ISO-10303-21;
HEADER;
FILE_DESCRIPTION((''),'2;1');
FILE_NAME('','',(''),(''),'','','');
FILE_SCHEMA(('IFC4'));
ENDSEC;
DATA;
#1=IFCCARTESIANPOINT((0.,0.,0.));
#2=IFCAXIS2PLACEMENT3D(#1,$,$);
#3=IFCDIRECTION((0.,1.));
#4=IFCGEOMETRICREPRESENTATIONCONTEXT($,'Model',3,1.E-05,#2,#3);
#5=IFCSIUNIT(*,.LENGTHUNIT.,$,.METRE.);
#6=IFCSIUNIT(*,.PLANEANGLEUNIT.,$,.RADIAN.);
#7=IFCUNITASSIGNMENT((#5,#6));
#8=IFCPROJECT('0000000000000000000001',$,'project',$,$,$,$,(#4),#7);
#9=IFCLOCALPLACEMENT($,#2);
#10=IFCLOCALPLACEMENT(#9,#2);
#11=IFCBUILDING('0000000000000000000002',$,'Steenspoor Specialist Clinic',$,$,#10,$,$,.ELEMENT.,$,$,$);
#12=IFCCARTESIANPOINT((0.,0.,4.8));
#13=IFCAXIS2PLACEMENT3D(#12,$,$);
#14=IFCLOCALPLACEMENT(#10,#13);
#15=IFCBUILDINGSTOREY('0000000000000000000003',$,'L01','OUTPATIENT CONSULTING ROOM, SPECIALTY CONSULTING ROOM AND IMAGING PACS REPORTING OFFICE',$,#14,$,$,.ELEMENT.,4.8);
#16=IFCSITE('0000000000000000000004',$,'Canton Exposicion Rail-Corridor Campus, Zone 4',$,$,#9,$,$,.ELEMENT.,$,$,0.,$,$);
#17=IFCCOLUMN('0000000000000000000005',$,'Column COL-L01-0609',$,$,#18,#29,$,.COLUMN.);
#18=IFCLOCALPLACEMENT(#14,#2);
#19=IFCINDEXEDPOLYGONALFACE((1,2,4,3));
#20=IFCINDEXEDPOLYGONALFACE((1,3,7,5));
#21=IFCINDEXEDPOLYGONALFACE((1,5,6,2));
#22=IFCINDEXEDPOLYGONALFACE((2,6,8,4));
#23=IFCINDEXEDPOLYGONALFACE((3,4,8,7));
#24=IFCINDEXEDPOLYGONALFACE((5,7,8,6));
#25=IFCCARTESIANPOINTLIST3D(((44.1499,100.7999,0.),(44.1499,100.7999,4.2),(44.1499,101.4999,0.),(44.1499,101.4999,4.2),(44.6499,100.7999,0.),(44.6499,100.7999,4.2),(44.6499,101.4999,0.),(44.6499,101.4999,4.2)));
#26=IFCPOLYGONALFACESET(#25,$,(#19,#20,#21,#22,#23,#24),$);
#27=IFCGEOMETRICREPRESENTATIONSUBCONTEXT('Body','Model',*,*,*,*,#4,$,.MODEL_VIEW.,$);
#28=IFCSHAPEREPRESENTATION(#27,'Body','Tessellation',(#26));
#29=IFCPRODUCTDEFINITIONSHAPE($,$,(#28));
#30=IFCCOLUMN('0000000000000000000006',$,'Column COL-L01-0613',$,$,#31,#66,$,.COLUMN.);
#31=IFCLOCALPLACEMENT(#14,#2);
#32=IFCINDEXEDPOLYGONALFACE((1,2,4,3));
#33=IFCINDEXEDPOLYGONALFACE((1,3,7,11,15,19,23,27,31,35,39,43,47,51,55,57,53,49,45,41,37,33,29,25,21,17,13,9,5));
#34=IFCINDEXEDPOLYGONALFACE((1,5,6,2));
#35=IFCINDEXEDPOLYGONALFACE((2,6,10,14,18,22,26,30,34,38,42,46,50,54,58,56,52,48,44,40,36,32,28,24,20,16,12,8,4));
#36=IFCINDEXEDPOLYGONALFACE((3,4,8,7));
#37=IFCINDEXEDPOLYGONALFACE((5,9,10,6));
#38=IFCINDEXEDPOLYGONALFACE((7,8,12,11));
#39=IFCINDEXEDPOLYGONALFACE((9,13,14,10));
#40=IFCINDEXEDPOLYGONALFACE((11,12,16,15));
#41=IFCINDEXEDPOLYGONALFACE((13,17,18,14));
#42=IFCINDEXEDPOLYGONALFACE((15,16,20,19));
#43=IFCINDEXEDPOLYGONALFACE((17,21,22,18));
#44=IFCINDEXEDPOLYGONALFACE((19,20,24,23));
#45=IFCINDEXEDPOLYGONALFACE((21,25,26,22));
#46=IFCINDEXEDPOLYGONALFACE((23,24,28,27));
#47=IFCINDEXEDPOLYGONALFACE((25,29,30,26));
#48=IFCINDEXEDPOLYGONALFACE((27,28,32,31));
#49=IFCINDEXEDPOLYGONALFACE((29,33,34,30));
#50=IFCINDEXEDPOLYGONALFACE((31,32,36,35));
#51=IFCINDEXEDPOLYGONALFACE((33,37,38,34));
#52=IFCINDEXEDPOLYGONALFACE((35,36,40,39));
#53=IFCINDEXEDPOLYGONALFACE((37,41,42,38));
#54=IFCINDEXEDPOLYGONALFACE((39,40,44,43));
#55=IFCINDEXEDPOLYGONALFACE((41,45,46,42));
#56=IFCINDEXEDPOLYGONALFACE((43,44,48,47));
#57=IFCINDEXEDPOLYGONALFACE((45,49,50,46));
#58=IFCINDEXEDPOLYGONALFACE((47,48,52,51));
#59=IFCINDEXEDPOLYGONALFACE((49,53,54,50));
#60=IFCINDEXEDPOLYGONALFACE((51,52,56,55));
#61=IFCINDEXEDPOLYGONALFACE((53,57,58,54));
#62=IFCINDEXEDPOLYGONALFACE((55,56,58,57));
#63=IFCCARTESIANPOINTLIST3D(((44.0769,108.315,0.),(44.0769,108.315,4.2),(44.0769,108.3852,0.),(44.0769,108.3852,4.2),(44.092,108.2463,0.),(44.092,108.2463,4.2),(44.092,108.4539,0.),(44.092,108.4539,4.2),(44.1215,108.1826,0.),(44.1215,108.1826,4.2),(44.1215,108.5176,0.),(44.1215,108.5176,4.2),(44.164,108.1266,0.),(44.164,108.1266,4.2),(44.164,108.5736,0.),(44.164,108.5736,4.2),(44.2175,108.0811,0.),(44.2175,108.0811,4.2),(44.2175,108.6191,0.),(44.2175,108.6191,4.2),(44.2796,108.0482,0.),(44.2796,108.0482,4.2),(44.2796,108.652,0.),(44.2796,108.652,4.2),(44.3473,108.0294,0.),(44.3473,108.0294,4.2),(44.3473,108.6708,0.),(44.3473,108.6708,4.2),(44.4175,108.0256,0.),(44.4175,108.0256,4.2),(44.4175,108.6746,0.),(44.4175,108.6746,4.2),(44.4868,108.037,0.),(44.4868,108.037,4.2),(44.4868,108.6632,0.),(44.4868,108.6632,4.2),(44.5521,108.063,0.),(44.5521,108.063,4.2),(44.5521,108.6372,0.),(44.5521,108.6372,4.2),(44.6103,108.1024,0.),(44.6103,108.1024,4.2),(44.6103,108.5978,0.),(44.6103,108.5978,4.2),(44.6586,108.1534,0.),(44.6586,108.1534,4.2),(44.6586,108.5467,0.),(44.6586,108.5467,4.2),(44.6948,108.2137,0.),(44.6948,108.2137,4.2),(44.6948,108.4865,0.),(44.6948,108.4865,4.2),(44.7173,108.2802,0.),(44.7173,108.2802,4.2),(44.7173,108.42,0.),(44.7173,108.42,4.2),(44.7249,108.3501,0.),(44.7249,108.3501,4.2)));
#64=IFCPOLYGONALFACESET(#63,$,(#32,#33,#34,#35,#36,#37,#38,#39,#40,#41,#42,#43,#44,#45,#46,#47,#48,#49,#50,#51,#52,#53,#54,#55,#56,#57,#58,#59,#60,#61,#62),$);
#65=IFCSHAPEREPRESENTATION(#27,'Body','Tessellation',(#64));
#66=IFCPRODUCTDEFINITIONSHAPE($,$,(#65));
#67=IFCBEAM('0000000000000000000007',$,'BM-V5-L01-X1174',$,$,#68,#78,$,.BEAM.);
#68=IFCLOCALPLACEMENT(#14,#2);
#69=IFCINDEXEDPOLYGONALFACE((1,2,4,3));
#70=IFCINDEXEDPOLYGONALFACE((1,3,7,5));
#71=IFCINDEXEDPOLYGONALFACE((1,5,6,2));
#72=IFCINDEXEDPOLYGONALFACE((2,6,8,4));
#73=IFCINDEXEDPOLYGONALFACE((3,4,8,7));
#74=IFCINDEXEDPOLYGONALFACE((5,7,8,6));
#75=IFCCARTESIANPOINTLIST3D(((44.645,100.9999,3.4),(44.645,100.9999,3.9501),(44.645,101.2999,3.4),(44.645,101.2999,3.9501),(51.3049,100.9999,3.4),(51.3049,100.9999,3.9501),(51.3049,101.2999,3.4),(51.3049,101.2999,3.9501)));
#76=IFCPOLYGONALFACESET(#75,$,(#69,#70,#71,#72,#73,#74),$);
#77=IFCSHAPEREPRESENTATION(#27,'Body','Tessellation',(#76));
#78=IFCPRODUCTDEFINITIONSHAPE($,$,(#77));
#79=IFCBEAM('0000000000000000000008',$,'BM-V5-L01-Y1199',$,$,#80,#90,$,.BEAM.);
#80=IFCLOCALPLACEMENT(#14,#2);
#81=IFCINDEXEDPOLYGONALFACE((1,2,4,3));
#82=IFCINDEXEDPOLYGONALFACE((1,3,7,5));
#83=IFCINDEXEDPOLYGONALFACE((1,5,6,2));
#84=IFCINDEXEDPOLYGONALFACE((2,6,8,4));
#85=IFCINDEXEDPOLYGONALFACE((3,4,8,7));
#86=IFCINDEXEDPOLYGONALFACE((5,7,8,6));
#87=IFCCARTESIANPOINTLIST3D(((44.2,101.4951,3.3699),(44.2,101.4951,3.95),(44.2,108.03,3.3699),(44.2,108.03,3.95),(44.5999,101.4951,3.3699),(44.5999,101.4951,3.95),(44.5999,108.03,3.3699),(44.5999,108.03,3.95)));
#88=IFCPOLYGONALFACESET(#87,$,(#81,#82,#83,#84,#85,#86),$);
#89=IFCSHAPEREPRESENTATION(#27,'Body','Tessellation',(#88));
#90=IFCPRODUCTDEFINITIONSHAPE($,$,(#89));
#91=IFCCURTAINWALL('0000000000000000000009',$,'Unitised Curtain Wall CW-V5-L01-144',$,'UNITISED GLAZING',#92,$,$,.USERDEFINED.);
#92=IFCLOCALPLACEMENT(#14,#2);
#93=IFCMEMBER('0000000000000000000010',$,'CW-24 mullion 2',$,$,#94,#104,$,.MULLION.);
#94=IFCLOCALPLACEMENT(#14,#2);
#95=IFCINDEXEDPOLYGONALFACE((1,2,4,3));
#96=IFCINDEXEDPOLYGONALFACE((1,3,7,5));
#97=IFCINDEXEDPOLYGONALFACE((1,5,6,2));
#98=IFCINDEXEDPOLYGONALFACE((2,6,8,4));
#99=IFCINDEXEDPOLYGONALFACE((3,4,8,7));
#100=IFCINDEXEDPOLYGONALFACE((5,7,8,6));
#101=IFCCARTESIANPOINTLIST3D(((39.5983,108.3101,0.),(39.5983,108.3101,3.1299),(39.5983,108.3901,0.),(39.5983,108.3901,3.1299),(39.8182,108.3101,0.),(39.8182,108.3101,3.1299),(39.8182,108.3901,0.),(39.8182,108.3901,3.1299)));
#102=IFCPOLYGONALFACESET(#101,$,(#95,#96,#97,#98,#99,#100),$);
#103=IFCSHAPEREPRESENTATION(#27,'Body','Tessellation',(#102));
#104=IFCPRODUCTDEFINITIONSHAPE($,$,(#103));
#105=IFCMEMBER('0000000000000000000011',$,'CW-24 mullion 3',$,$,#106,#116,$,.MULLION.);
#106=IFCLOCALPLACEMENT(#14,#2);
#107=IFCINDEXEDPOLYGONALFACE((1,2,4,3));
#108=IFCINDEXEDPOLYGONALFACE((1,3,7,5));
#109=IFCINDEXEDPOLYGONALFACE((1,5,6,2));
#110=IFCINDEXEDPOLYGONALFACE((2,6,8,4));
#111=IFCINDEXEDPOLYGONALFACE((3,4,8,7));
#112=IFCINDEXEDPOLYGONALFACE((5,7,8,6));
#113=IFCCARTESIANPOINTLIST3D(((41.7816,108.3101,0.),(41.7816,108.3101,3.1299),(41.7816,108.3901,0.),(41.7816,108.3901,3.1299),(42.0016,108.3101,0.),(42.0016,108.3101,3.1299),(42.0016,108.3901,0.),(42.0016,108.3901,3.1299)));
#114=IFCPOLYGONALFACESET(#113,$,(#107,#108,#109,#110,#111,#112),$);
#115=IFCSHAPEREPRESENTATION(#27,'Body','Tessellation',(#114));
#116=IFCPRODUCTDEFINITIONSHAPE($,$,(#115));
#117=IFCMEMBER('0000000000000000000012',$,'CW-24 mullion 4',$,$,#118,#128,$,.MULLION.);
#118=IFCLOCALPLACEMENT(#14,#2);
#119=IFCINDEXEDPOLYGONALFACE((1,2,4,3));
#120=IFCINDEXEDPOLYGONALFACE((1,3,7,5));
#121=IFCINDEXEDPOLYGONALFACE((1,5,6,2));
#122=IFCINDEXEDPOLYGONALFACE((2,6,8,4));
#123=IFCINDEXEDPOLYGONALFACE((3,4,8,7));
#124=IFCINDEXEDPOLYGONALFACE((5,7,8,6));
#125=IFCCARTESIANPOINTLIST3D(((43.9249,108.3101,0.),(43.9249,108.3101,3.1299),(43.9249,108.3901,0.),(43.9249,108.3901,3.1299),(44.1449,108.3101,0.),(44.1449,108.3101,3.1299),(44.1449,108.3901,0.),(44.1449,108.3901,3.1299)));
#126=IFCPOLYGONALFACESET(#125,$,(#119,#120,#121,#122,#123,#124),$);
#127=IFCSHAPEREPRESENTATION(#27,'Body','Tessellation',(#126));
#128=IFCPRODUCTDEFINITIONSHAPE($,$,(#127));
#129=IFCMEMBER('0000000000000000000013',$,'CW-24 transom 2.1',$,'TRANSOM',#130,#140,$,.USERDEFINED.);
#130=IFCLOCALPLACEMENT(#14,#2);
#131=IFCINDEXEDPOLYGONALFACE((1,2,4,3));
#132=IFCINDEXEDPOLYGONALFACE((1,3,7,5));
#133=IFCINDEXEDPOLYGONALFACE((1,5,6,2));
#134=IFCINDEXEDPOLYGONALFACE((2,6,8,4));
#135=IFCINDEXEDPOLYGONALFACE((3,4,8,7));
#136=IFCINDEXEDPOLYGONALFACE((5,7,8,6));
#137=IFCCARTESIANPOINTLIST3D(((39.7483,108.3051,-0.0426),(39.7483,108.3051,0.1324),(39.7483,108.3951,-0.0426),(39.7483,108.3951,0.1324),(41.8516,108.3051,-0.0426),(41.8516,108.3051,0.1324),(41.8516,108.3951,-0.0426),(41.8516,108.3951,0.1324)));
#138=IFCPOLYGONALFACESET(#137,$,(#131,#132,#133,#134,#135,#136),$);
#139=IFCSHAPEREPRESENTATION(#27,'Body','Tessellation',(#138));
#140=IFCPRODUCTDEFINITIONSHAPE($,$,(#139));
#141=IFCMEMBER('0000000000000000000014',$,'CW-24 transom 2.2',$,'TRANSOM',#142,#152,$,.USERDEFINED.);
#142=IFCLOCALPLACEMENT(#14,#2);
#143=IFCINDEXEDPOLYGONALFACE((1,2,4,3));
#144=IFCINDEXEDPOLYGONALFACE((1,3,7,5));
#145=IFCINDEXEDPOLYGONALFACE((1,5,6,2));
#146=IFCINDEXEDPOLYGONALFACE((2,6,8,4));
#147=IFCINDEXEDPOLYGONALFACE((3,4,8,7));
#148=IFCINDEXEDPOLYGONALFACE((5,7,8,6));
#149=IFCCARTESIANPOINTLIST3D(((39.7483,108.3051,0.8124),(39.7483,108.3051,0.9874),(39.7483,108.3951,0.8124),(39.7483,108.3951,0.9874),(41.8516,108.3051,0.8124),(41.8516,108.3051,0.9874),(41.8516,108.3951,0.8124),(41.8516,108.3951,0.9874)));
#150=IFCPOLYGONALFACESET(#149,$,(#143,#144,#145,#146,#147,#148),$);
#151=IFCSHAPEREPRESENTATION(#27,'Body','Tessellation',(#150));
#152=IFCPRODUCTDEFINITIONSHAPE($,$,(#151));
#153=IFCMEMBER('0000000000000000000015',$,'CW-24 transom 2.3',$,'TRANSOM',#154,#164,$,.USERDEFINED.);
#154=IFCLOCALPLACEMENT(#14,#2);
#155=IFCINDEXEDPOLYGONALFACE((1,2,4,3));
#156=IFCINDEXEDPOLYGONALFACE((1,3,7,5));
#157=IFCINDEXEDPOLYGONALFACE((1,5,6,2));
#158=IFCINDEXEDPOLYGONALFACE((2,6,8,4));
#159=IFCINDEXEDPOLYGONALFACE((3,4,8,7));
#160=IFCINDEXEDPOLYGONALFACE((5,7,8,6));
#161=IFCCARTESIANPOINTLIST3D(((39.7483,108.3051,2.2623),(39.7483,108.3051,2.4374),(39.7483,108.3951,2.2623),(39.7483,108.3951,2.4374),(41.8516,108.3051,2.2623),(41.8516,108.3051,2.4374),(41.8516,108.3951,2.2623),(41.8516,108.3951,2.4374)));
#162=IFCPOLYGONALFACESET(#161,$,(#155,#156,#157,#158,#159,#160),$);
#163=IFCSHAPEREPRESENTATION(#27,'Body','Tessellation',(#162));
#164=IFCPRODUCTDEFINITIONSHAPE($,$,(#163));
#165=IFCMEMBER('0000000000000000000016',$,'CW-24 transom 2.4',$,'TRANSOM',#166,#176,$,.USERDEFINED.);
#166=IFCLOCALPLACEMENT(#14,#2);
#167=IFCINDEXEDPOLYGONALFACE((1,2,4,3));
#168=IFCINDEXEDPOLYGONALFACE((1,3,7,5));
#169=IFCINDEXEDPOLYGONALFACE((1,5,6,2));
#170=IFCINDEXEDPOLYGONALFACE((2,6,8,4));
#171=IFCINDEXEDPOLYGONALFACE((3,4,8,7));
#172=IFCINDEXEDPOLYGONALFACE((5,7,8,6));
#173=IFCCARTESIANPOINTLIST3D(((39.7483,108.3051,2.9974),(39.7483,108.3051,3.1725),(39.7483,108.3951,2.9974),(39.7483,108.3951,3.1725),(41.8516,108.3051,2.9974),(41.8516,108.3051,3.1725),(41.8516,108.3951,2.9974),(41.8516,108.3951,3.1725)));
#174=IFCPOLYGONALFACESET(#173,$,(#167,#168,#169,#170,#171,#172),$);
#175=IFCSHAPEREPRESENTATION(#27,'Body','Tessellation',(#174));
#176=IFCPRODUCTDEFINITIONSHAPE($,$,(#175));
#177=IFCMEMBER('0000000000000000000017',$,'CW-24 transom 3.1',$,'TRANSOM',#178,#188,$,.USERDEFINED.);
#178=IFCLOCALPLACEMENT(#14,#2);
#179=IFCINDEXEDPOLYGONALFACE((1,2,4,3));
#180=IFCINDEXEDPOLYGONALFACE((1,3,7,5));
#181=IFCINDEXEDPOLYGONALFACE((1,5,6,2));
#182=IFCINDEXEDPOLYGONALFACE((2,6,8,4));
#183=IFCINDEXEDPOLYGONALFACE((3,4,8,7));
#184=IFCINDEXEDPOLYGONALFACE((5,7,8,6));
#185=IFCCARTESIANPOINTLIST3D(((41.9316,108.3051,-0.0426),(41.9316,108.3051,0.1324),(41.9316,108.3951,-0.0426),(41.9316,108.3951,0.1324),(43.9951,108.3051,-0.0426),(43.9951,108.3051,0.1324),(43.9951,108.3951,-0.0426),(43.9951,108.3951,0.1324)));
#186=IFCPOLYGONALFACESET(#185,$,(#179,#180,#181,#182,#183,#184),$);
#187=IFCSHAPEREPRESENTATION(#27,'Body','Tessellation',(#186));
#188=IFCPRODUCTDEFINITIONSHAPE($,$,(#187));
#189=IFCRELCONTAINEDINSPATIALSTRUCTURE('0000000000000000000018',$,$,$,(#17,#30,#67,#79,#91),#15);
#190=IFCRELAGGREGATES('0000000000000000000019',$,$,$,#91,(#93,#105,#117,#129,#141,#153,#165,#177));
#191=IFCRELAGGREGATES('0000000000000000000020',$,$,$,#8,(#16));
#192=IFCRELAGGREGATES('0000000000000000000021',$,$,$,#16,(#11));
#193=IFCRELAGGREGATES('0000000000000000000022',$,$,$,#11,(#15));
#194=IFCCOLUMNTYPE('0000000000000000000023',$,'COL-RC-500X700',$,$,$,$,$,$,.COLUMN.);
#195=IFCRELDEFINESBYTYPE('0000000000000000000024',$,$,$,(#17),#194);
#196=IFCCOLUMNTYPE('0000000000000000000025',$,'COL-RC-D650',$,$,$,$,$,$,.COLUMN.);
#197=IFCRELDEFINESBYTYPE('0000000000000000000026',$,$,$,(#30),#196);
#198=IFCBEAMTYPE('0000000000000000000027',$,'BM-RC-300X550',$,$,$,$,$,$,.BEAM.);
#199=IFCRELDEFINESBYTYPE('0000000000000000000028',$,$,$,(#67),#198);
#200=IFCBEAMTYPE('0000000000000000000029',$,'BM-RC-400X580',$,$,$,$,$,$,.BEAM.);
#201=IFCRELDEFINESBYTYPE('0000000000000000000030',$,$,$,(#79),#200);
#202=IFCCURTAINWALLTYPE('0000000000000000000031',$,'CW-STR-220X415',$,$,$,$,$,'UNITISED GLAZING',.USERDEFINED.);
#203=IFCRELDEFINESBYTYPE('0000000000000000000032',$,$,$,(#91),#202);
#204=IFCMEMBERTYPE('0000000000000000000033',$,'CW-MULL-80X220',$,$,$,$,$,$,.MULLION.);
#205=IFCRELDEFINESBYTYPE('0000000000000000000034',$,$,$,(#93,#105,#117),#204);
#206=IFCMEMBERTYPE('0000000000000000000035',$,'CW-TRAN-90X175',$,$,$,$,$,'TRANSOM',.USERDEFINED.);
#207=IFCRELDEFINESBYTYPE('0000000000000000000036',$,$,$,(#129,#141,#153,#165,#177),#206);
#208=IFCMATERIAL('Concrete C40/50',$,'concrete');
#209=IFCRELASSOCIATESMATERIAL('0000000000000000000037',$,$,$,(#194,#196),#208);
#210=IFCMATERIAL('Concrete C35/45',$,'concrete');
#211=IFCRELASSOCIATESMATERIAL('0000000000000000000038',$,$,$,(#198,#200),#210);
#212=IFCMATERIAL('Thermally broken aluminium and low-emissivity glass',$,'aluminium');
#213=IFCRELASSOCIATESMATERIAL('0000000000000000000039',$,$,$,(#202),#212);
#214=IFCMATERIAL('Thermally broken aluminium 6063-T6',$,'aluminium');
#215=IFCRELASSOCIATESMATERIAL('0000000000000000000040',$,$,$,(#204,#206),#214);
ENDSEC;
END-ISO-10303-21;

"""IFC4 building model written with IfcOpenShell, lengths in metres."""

from ifc_helpers import new_model, si_unit, direction, frame, origin, origin_2d, place, context, subcontext, project, spatial, rectangle, circle, extrude, material, material_profile, profile_set, type_object, element, aggregate, save


model = new_model("IFC4")

# Units and contexts
model_context = context("Model", 3, precision=1e-05, world=origin(), true_north=direction((0.0, 1.0)))
body_context = subcontext(model_context, "Body", "Model", "MODEL_VIEW")
ifc_project = project(units=[si_unit("LENGTHUNIT", "METRE"), si_unit("PLANEANGLEUNIT", "RADIAN")], contexts=[model_context])

# Site, building, storey
site_placement = place(None, origin())
site = spatial("IfcSite", under=ifc_project, at=site_placement, Name="Canton Exposicion Rail-Corridor Campus, Zone 4", CompositionType="ELEMENT", RefElevation=0.0)
building_placement = place(site_placement, origin())
building = spatial("IfcBuilding", under=site, at=building_placement, Name="Steenspoor Specialist Clinic", CompositionType="ELEMENT")
storey_placement = place(building_placement, frame((0.0, 0.0, 4.8)))
storey = spatial("IfcBuildingStorey", under=building, at=storey_placement, Name="L01", Description="OUTPATIENT CONSULTING ROOM, SPECIALTY CONSULTING ROOM AND IMAGING PACS REPORTING OFFICE", CompositionType="ELEMENT", Elevation=4.8)

# Columns
ifc_material_1 = material(Name="Concrete C40/50", Category="concrete")
ifc_material_profile_1 = material_profile(ifc_material_1, rectangle(XDim=0.5, YDim=0.7, at=origin_2d()), Name="RC-COL-500X700")
ifc_profile_set_1 = profile_set([ifc_material_profile_1], Name="Concrete C40/50")
column_type_1 = type_object("IfcColumnType", Name="COL-RC-500X700", PredefinedType="COLUMN", material=ifc_profile_set_1)
column_1_placement = place(storey_placement, frame((44.3999, 101.1499, 0.0), z_axis=(0.0, 0.0, 1.0), x_axis=(1.0, 0.0, 0.0)))
element("IfcColumn", 1, at=column_1_placement, inside=storey, type_object=column_type_1, Name="Column COL-L01-0609", PredefinedType="COLUMN", context=body_context, shape_type="SweptSolid", body=[
    extrude(rectangle(XDim=0.5, YDim=0.7, at=origin_2d()), origin(), (0.0, 0.0, 1.0), 4.2),
])
ifc_material_profile_2 = material_profile(ifc_material_1, circle(Radius=0.325, at=origin_2d()), Name="RC-COL-D650")
ifc_profile_set_2 = profile_set([ifc_material_profile_2], Name="Concrete C40/50")
column_type_2 = type_object("IfcColumnType", Name="COL-RC-D650", PredefinedType="COLUMN", material=ifc_profile_set_2)
column_2_placement = place(storey_placement, frame((44.3999, 108.3501, 0.0), z_axis=(0.0, 0.0, 1.0), x_axis=(1.0, 0.0, 0.0)))
element("IfcColumn", 2, at=column_2_placement, inside=storey, type_object=column_type_2, Name="Column COL-L01-0613", PredefinedType="COLUMN", context=body_context, shape_type="SweptSolid", body=[
    extrude(circle(Radius=0.325, at=origin_2d()), origin(), (0.0, 0.0, 1.0), 4.2),
])

# Beams
ifc_material_2 = material(Name="Concrete C35/45", Category="concrete")
ifc_material_profile_3 = material_profile(ifc_material_2, rectangle(XDim=0.3, YDim=0.55, at=origin_2d()), Name="RC-BM-300X550")
ifc_profile_set_3 = profile_set([ifc_material_profile_3], Name="Concrete C35/45")
beam_type_1 = type_object("IfcBeamType", Name="BM-RC-300X550", PredefinedType="BEAM", material=ifc_profile_set_3)
beam_1_placement = place(storey_placement, frame((44.645, 101.1499, 3.675), z_axis=(1.0, 0.0, 0.0), x_axis=(0.0, 1.0, 0.0)))
element("IfcBeam", 3, at=beam_1_placement, inside=storey, type_object=beam_type_1, Name="BM-V5-L01-X1174", PredefinedType="BEAM", context=body_context, shape_type="SweptSolid", body=[
    extrude(rectangle(XDim=0.3, YDim=0.55, at=origin_2d()), origin(), (0.0, 0.0, 1.0), 6.6599),
])
ifc_material_profile_4 = material_profile(ifc_material_2, rectangle(XDim=0.3999, YDim=0.5801, at=origin_2d()), Name="RC-BM-400X580")
ifc_profile_set_4 = profile_set([ifc_material_profile_4], Name="Concrete C35/45")
beam_type_2 = type_object("IfcBeamType", Name="BM-RC-400X580", PredefinedType="BEAM", material=ifc_profile_set_4)
beam_2_placement = place(storey_placement, frame((44.3999, 101.4951, 3.6599), z_axis=(0.0, 1.0, 0.0), x_axis=(-1.0, 0.0, 0.0)))
element("IfcBeam", 4, at=beam_2_placement, inside=storey, type_object=beam_type_2, Name="BM-V5-L01-Y1199", PredefinedType="BEAM", context=body_context, shape_type="SweptSolid", body=[
    extrude(rectangle(XDim=0.3999, YDim=0.5801, at=origin_2d()), origin(), (0.0, 0.0, 1.0), 6.5349),
])

# Curtain wall, members
ifc_material_3 = material(Name="Thermally broken aluminium and low-emissivity glass", Category="aluminium")
curtain_wall_type = type_object("IfcCurtainWallType", Name="CW-STR-220X415", ElementType="UNITISED GLAZING", PredefinedType="USERDEFINED", material=ifc_material_3)
curtain_wall_placement = place(storey_placement, origin())
curtain_wall = element("IfcCurtainWall", 5, at=curtain_wall_placement, inside=storey, type_object=curtain_wall_type, Name="Unitised Curtain Wall CW-V5-L01-144", ObjectType="UNITISED GLAZING", PredefinedType="USERDEFINED")
ifc_material_4 = material(Name="Thermally broken aluminium 6063-T6", Category="aluminium")
ifc_material_profile_5 = material_profile(ifc_material_4, rectangle(XDim=0.0801, YDim=0.22, at=origin_2d()), Name="CWM-80X220")
ifc_profile_set_5 = profile_set([ifc_material_profile_5], Name="Thermally broken aluminium 6063-T6")
member_type_1 = type_object("IfcMemberType", Name="CW-MULL-80X220", PredefinedType="MULLION", material=ifc_profile_set_5)
member_1_placement = place(storey_placement, frame((39.7083, 108.3501, 0.0), z_axis=(0.0, 0.0, 1.0), x_axis=(0.0, 1.0, 0.0)))
member_1 = element("IfcMember", 6, at=member_1_placement, type_object=member_type_1, Name="CW-24 mullion 2", PredefinedType="MULLION", context=body_context, shape_type="SweptSolid", body=[
    extrude(rectangle(XDim=0.0801, YDim=0.22, at=origin_2d()), origin(), (0.0, 0.0, 1.0), 3.1299),
])
member_2_placement = place(storey_placement, frame((41.8916, 108.3501, 0.0), z_axis=(0.0, 0.0, 1.0), x_axis=(0.0, 1.0, 0.0)))
member_2 = element("IfcMember", 7, at=member_2_placement, type_object=member_type_1, Name="CW-24 mullion 3", PredefinedType="MULLION", context=body_context, shape_type="SweptSolid", body=[
    extrude(rectangle(XDim=0.0801, YDim=0.22, at=origin_2d()), origin(), (0.0, 0.0, 1.0), 3.1299),
])
member_3_placement = place(storey_placement, frame((44.0349, 108.3501, 0.0), z_axis=(0.0, 0.0, 1.0), x_axis=(0.0, 1.0, 0.0)))
member_3 = element("IfcMember", 8, at=member_3_placement, type_object=member_type_1, Name="CW-24 mullion 4", PredefinedType="MULLION", context=body_context, shape_type="SweptSolid", body=[
    extrude(rectangle(XDim=0.0801, YDim=0.22, at=origin_2d()), origin(), (0.0, 0.0, 1.0), 3.1299),
])
ifc_material_profile_6 = material_profile(ifc_material_4, rectangle(XDim=0.0901, YDim=0.175, at=origin_2d()), Name="CWT-90X175")
ifc_profile_set_6 = profile_set([ifc_material_profile_6], Name="Thermally broken aluminium 6063-T6")
member_type_2 = type_object("IfcMemberType", Name="CW-TRAN-90X175", ElementType="TRANSOM", PredefinedType="USERDEFINED", material=ifc_profile_set_6)
member_4_placement = place(storey_placement, frame((39.7483, 108.3501, 0.0449), z_axis=(1.0, 0.0, 0.0), x_axis=(0.0, 1.0, 0.0)))
member_4 = element("IfcMember", 9, at=member_4_placement, type_object=member_type_2, Name="CW-24 transom 2.1", ObjectType="TRANSOM", PredefinedType="USERDEFINED", context=body_context, shape_type="SweptSolid", body=[
    extrude(rectangle(XDim=0.0901, YDim=0.175, at=origin_2d()), origin(), (0.0, 0.0, 1.0), 2.1033),
])
member_5_placement = place(storey_placement, frame((39.7483, 108.3501, 0.8999), z_axis=(1.0, 0.0, 0.0), x_axis=(0.0, 1.0, 0.0)))
member_5 = element("IfcMember", 10, at=member_5_placement, type_object=member_type_2, Name="CW-24 transom 2.2", ObjectType="TRANSOM", PredefinedType="USERDEFINED", context=body_context, shape_type="SweptSolid", body=[
    extrude(rectangle(XDim=0.0901, YDim=0.175, at=origin_2d()), origin(), (0.0, 0.0, 1.0), 2.1033),
])
member_6_placement = place(storey_placement, frame((39.7483, 108.3501, 2.3499), z_axis=(1.0, 0.0, 0.0), x_axis=(0.0, 1.0, 0.0)))
member_6 = element("IfcMember", 11, at=member_6_placement, type_object=member_type_2, Name="CW-24 transom 2.3", ObjectType="TRANSOM", PredefinedType="USERDEFINED", context=body_context, shape_type="SweptSolid", body=[
    extrude(rectangle(XDim=0.0901, YDim=0.175, at=origin_2d()), origin(), (0.0, 0.0, 1.0), 2.1033),
])
member_7_placement = place(storey_placement, frame((39.7483, 108.3501, 3.085), z_axis=(1.0, 0.0, 0.0), x_axis=(0.0, 1.0, 0.0)))
member_7 = element("IfcMember", 12, at=member_7_placement, type_object=member_type_2, Name="CW-24 transom 2.4", ObjectType="TRANSOM", PredefinedType="USERDEFINED", context=body_context, shape_type="SweptSolid", body=[
    extrude(rectangle(XDim=0.0901, YDim=0.175, at=origin_2d()), origin(), (0.0, 0.0, 1.0), 2.1033),
])
member_8_placement = place(storey_placement, frame((41.9316, 108.3501, 0.0449), z_axis=(1.0, 0.0, 0.0), x_axis=(0.0, 1.0, 0.0)))
member_8 = element("IfcMember", 13, at=member_8_placement, type_object=member_type_2, Name="CW-24 transom 3.1", ObjectType="TRANSOM", PredefinedType="USERDEFINED", context=body_context, shape_type="SweptSolid", body=[
    extrude(rectangle(XDim=0.0901, YDim=0.175, at=origin_2d()), origin(), (0.0, 0.0, 1.0), 2.0635),
])

aggregate(curtain_wall, [member_1, member_2, member_3, member_4, member_5, member_6, member_7, member_8])

save(model, "model.ifc")
